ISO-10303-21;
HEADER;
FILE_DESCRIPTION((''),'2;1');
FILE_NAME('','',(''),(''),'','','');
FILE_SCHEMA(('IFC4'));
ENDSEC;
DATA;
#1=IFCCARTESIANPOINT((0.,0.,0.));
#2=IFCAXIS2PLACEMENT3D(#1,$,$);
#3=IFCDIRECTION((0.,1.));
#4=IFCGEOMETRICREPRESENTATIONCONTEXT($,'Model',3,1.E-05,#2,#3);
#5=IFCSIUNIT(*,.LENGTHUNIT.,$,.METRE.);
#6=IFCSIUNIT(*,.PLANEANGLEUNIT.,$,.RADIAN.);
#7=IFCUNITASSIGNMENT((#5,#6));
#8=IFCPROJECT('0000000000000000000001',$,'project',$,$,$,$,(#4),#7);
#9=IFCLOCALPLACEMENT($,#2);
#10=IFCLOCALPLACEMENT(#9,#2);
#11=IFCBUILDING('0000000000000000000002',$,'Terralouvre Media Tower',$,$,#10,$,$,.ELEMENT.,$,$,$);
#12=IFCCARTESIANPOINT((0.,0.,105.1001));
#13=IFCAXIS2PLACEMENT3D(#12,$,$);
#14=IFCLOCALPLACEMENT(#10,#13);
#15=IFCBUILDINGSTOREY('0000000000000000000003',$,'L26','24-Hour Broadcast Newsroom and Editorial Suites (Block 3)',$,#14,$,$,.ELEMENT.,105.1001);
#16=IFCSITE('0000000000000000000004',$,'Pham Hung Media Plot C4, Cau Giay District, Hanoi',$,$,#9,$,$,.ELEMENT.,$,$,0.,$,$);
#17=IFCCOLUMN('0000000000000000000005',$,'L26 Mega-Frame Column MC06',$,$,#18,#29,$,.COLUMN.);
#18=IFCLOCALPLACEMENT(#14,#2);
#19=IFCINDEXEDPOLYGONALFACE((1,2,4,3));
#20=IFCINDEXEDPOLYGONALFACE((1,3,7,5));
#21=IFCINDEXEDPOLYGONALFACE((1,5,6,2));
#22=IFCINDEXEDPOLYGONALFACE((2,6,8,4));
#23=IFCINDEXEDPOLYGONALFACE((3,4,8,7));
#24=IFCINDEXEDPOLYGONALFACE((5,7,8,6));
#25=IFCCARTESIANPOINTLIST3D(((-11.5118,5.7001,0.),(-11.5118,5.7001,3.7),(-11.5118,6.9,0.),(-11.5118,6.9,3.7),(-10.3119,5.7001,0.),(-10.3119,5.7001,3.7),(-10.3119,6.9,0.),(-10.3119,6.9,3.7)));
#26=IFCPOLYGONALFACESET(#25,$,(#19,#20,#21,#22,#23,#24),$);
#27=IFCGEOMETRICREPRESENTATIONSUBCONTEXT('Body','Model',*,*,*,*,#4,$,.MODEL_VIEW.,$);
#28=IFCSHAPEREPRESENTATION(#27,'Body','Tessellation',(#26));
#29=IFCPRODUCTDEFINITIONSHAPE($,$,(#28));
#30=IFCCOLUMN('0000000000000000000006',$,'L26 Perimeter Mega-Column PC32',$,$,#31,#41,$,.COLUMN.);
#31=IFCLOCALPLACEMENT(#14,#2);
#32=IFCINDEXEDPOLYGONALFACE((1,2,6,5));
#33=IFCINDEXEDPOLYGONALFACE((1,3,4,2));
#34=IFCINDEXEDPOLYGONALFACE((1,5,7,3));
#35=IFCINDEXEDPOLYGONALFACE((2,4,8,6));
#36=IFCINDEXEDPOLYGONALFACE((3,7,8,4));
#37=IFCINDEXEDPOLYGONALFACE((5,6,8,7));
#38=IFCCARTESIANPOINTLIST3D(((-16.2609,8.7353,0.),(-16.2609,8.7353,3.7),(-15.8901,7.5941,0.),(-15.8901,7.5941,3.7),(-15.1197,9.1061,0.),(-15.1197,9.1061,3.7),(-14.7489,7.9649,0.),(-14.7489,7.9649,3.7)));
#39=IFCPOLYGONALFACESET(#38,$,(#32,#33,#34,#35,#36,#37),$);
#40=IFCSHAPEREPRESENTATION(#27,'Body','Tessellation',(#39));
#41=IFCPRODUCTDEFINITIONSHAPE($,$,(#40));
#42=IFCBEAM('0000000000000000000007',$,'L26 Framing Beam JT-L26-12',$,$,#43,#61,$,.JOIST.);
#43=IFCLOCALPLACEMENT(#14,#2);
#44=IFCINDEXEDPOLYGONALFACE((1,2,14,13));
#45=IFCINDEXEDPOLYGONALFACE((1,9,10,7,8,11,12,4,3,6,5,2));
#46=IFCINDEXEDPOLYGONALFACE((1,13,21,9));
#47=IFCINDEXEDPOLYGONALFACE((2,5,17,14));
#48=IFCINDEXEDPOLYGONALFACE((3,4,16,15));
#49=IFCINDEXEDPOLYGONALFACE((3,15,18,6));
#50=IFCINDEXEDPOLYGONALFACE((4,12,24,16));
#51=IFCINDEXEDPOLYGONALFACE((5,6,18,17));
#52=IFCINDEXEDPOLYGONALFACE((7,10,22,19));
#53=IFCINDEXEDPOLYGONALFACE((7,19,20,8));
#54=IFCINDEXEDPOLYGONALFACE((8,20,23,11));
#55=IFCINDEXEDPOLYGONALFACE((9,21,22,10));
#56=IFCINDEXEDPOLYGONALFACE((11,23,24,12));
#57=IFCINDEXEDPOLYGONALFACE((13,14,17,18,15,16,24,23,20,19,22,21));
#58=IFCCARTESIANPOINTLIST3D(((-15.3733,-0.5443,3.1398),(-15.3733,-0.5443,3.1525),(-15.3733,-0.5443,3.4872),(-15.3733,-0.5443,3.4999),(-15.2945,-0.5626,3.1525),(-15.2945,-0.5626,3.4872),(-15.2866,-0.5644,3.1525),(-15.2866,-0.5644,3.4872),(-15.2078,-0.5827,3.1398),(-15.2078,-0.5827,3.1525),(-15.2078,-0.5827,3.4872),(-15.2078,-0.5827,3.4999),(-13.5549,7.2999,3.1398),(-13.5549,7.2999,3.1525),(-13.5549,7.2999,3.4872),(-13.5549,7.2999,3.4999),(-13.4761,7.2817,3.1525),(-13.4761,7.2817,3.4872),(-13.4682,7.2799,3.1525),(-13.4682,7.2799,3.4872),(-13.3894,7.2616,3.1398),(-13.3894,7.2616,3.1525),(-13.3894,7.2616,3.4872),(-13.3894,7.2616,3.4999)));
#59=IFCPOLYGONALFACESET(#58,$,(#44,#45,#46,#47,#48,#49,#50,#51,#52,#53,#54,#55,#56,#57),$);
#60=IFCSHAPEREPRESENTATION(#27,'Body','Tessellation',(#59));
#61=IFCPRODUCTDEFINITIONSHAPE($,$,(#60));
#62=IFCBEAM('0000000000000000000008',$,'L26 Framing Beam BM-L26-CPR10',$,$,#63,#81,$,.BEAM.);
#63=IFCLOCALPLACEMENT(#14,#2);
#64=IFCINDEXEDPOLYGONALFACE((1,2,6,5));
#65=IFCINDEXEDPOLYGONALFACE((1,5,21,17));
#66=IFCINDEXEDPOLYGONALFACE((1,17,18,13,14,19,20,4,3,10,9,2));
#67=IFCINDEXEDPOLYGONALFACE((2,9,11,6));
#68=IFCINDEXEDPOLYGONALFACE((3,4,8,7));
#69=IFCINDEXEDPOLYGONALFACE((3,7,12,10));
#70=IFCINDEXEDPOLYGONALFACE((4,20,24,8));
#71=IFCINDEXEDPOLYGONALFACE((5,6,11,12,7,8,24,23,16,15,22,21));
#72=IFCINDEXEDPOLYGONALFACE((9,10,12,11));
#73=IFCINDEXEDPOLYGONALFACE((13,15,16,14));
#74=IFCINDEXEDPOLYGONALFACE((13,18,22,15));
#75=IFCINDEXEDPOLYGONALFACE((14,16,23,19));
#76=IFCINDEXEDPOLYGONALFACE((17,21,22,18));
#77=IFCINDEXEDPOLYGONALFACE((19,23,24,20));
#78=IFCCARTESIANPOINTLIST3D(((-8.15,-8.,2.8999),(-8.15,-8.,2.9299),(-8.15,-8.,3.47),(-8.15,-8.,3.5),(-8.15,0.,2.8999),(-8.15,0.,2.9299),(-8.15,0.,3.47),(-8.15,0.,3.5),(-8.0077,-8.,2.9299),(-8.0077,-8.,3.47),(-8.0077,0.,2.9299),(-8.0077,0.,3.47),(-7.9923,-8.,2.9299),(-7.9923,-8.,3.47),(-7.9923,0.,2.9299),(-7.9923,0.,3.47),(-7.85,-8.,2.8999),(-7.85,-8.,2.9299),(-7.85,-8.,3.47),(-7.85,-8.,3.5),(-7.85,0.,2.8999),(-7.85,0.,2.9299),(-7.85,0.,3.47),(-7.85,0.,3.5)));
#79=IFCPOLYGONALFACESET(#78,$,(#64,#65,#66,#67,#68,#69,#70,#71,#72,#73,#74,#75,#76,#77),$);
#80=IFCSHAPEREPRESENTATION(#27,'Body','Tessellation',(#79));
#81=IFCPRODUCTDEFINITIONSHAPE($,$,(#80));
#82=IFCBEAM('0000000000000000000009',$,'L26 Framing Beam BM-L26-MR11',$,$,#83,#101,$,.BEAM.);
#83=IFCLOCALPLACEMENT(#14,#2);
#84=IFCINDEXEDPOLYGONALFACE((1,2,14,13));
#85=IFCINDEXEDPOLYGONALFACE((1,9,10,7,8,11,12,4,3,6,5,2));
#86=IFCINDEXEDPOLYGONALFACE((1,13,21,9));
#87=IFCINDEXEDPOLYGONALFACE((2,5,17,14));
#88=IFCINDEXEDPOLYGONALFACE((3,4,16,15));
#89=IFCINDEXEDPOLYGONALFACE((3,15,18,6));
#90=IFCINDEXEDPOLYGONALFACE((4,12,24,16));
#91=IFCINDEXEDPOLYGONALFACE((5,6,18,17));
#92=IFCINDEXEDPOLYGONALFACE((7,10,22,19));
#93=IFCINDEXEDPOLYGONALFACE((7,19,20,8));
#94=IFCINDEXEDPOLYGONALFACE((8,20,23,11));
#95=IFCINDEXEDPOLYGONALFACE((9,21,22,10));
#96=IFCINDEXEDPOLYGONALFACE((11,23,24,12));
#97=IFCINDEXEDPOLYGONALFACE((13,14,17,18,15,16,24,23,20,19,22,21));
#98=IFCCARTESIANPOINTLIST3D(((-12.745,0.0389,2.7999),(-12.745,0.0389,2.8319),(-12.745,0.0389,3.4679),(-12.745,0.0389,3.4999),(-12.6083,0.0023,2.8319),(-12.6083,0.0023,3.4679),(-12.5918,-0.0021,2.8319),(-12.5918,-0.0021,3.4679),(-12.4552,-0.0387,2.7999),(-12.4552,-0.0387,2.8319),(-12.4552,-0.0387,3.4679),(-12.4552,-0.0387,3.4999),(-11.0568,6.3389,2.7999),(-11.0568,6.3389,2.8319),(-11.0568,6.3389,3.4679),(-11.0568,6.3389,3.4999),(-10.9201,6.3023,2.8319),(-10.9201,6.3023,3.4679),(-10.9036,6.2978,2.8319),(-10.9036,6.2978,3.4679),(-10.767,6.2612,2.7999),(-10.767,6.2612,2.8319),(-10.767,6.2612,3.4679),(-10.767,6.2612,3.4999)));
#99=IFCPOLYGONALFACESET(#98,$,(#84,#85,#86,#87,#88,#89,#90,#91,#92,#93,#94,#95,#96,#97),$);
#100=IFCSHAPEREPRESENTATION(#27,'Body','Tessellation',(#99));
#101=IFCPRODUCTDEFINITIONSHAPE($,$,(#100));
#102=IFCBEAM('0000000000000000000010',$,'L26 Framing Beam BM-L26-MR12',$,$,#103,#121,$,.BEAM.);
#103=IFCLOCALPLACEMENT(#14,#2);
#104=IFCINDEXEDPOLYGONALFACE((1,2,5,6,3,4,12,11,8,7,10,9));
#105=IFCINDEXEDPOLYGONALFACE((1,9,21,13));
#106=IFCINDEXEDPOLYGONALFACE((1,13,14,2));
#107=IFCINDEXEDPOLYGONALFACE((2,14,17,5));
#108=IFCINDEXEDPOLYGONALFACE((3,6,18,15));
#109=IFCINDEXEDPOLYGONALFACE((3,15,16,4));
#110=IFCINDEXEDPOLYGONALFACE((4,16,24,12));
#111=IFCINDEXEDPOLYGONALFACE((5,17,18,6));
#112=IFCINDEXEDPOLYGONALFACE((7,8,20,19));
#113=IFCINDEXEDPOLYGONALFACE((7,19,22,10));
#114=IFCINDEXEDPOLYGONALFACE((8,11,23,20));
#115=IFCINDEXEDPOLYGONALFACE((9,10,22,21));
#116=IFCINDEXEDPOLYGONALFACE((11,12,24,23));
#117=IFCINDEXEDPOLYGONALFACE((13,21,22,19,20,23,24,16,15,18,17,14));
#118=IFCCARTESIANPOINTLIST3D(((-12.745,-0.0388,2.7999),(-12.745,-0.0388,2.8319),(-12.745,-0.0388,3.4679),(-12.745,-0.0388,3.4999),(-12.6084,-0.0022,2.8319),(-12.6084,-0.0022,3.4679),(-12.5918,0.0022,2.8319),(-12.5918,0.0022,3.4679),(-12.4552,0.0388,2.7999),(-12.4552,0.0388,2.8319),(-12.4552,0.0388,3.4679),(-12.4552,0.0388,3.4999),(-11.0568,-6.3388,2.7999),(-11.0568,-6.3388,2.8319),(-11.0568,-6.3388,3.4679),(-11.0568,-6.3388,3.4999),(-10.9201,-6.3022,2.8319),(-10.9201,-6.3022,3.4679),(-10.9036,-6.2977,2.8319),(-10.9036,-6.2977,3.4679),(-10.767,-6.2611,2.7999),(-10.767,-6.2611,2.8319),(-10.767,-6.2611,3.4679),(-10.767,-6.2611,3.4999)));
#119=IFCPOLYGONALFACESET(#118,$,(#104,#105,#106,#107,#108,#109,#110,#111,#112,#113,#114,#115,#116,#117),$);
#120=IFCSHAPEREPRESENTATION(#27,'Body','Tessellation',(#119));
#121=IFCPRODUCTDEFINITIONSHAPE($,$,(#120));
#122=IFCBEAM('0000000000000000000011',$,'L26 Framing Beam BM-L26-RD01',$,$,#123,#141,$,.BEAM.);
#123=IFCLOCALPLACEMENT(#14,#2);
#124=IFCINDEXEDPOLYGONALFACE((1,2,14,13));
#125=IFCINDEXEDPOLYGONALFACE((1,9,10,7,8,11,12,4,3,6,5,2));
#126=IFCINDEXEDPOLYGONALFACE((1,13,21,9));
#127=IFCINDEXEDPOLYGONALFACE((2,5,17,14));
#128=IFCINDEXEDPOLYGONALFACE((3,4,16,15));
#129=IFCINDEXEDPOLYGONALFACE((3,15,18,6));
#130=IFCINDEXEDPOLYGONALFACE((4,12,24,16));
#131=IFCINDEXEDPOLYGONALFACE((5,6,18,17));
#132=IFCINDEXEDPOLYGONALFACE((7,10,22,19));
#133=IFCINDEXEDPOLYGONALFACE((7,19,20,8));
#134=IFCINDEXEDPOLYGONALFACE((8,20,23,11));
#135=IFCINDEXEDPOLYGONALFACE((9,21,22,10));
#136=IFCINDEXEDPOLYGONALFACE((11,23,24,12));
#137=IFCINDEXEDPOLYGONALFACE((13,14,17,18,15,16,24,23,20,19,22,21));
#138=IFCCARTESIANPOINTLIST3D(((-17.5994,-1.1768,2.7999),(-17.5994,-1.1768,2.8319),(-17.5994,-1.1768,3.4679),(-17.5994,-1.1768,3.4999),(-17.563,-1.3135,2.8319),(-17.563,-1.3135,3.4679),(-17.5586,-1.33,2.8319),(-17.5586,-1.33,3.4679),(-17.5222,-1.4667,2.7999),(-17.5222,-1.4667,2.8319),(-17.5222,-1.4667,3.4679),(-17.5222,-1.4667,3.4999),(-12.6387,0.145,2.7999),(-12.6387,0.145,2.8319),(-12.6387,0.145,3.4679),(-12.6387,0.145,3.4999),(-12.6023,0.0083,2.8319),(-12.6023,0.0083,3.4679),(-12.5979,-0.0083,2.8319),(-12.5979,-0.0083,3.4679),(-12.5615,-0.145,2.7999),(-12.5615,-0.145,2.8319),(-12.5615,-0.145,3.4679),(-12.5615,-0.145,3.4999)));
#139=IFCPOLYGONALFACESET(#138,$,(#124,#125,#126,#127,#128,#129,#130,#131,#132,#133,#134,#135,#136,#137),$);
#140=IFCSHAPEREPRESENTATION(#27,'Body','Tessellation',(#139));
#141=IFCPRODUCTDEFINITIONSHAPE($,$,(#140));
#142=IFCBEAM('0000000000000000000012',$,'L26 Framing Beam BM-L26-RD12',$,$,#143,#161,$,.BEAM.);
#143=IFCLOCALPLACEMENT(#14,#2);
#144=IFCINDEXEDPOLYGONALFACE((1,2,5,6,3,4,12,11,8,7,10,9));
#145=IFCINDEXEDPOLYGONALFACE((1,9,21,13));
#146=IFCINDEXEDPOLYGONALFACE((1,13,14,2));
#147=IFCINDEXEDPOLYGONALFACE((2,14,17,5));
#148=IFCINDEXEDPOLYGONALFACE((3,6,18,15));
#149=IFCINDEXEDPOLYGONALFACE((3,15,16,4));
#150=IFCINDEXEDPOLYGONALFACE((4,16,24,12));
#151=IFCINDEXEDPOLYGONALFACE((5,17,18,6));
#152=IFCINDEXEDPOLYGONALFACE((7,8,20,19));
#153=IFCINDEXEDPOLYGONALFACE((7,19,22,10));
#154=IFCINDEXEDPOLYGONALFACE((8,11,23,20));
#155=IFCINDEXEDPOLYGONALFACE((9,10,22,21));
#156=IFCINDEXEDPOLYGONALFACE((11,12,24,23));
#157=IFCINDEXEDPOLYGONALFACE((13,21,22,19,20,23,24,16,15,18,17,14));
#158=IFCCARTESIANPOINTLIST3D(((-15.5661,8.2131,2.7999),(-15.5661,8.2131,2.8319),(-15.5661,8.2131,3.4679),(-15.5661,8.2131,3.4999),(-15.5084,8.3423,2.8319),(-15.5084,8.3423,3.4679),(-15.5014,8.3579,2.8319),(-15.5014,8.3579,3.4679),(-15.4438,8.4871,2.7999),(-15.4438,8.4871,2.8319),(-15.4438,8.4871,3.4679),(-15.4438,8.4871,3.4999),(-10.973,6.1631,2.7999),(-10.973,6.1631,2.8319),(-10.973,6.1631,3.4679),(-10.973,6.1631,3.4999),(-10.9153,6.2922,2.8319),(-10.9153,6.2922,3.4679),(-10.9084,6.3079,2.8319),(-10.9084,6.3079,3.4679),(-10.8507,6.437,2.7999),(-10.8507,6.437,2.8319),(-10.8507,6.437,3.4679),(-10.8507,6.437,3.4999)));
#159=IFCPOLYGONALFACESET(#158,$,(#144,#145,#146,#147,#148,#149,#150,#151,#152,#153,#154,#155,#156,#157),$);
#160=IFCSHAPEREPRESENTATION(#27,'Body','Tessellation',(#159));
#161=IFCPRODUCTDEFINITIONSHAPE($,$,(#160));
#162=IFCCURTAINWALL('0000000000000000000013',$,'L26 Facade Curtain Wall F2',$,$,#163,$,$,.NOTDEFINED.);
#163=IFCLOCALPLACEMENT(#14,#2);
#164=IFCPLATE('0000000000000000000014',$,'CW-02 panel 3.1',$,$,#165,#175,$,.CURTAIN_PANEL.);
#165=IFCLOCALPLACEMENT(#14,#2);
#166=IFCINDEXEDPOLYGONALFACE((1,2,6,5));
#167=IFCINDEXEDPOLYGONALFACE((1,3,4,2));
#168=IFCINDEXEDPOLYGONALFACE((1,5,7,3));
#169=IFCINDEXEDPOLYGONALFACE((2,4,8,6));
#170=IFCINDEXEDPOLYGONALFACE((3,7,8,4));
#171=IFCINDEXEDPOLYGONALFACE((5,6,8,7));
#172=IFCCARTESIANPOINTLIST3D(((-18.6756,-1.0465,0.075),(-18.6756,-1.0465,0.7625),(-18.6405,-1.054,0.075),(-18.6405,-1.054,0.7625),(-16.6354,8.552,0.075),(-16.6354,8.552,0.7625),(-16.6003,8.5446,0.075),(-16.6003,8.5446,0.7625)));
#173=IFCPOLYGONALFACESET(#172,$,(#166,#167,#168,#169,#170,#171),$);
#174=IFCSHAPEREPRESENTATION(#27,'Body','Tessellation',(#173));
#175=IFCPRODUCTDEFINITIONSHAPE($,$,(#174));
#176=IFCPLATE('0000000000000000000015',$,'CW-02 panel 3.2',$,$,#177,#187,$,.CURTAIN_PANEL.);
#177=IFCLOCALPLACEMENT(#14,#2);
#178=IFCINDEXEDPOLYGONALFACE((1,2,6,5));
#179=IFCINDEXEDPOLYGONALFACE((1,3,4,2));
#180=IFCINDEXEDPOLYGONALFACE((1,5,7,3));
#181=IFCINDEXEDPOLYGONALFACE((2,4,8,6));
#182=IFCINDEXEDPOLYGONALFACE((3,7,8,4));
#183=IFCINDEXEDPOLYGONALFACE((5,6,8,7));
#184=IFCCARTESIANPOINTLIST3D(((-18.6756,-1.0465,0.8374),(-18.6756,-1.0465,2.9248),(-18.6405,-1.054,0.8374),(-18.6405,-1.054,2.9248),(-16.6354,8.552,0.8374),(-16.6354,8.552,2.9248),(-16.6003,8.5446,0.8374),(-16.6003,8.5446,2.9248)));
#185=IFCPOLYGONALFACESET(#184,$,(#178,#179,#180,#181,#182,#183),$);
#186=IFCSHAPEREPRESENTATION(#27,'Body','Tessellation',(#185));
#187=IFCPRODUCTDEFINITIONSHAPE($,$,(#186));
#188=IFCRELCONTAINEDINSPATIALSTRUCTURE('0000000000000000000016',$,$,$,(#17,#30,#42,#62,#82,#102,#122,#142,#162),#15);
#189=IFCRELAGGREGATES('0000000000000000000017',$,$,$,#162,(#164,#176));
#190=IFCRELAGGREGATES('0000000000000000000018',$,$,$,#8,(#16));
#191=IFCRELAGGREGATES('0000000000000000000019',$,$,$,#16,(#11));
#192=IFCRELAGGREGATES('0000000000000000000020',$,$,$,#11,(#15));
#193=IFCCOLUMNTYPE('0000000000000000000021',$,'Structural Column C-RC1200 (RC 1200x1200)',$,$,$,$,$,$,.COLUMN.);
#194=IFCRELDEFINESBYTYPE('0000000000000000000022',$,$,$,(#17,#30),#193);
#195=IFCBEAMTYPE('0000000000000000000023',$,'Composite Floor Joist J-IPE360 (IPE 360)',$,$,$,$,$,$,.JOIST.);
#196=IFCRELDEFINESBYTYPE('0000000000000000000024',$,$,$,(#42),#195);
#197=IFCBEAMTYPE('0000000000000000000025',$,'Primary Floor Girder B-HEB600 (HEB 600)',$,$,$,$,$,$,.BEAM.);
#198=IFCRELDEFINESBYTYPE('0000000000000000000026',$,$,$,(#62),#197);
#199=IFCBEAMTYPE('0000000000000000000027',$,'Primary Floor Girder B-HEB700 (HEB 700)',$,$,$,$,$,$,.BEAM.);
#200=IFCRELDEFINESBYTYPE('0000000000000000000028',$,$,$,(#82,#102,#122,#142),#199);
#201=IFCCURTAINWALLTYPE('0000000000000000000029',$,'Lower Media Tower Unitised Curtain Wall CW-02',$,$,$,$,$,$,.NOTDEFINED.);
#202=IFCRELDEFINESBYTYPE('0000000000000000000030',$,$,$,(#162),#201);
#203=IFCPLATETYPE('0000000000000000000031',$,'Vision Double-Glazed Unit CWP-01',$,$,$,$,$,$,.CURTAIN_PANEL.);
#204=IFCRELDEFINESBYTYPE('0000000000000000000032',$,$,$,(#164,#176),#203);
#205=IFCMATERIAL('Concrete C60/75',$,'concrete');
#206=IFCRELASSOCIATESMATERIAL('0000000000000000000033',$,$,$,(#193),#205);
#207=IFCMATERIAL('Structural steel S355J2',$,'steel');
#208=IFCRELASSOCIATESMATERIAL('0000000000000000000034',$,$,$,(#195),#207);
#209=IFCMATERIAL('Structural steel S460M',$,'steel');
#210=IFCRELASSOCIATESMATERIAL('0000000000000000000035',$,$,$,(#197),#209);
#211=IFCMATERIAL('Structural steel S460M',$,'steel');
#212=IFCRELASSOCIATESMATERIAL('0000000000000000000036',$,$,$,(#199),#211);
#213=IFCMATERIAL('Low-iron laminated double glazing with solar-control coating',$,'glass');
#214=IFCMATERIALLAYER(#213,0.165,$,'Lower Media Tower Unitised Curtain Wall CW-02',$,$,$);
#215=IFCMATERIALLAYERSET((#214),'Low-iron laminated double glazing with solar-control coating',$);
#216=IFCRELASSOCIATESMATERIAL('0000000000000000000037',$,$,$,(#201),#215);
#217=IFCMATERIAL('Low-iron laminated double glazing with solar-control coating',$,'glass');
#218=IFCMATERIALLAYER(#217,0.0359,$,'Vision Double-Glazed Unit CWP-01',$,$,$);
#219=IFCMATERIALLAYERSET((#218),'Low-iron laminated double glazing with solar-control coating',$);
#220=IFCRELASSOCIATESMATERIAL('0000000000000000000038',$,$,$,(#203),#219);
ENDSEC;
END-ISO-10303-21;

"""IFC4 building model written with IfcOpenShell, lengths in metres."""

from ifc_helpers import new_model, si_unit, direction, frame, origin, origin_2d, place, context, subcontext, project, spatial, rectangle, i_section, extrude, material, layer, layer_set, material_profile, profile_set, type_object, element, aggregate, save


model = new_model("IFC4")

# Units and contexts
model_context = context("Model", 3, precision=1e-05, world=origin(), true_north=direction((0.0, 1.0)))
body_context = subcontext(model_context, "Body", "Model", "MODEL_VIEW")
ifc_project = project(units=[si_unit("LENGTHUNIT", "METRE"), si_unit("PLANEANGLEUNIT", "RADIAN")], contexts=[model_context])

# Site, building, storey
site_placement = place(None, origin())
site = spatial("IfcSite", under=ifc_project, at=site_placement, Name="Pham Hung Media Plot C4, Cau Giay District, Hanoi", CompositionType="ELEMENT", RefElevation=0.0)
building_placement = place(site_placement, origin())
building = spatial("IfcBuilding", under=site, at=building_placement, Name="Terralouvre Media Tower", CompositionType="ELEMENT")
storey_placement = place(building_placement, frame((0.0, 0.0, 105.1001)))
storey = spatial("IfcBuildingStorey", under=building, at=storey_placement, Name="L26", Description="24-Hour Broadcast Newsroom and Editorial Suites (Block 3)", CompositionType="ELEMENT", Elevation=105.1001)

# Columns
ifc_material_1 = material(Name="Concrete C60/75", Category="concrete")
ifc_material_profile_1 = material_profile(ifc_material_1, rectangle(XDim=1.2, YDim=1.2, at=origin_2d()), Name="RC 1200x1200")
ifc_profile_set_1 = profile_set([ifc_material_profile_1], Name="Concrete C60/75")
column_type = type_object("IfcColumnType", Name="Structural Column C-RC1200 (RC 1200x1200)", PredefinedType="COLUMN", material=ifc_profile_set_1)
for number, where, z_axis, x_axis, name in (
    (1, (-10.9119, 6.3, 0.0), (0.0, 0.0, 1.0), (1.0, 0.0, 0.0), "L26 Mega-Frame Column MC06"),
    (2, (-15.5049, 8.3501, 0.0), (0.0, 0.0, 1.0), (0.951057, 0.309017, 0.0), "L26 Perimeter Mega-Column PC32"),
):
    element("IfcColumn", number, at=place(storey_placement, frame(where, z_axis=z_axis, x_axis=x_axis)), inside=storey, type_object=column_type, Name=name, PredefinedType="COLUMN", context=body_context, shape_type="SweptSolid", body=[
        extrude(rectangle(XDim=1.2, YDim=1.2, at=origin_2d()), origin(), (0.0, 0.0, 1.0), 3.7),
    ])

# Beams
ifc_material_2 = material(Name="Structural steel S355J2", Category="steel")
ifc_material_profile_2 = material_profile(ifc_material_2, i_section(OverallWidth=0.1699, OverallDepth=0.3601, WebThickness=0.0081, FlangeThickness=0.0127, at=origin_2d()), Name="IPE 360")
ifc_profile_set_2 = profile_set([ifc_material_profile_2], Name="Structural steel S355J2")
beam_type_1 = type_object("IfcBeamType", Name="Composite Floor Joist J-IPE360 (IPE 360)", PredefinedType="JOIST", material=ifc_profile_set_2)
beam_1_placement = place(storey_placement, frame((-13.4722, 7.2808, 3.3198), z_axis=(-0.22582, -0.974169, 0.0), x_axis=(0.974169, -0.22582, 0.0)))
element("IfcBeam", 3, at=beam_1_placement, inside=storey, type_object=beam_type_1, Name="L26 Framing Beam JT-L26-12", PredefinedType="JOIST", context=body_context, shape_type="SweptSolid", body=[
    extrude(i_section(OverallWidth=0.1699, OverallDepth=0.3601, WebThickness=0.0081, FlangeThickness=0.0127, at=origin_2d()), origin(), (0.0, 0.0, 1.0), 8.0522),
])
ifc_material_3 = material(Name="Structural steel S460M", Category="steel")
ifc_material_profile_3 = material_profile(ifc_material_3, i_section(OverallWidth=0.3, OverallDepth=0.6001, WebThickness=0.0154, FlangeThickness=0.03, at=origin_2d()), Name="HEB 600")
ifc_profile_set_3 = profile_set([ifc_material_profile_3], Name="Structural steel S460M")
beam_type_2 = type_object("IfcBeamType", Name="Primary Floor Girder B-HEB600 (HEB 600)", PredefinedType="BEAM", material=ifc_profile_set_3)
beam_2_placement = place(storey_placement, frame((-8.0, 0.0, 3.2), z_axis=(0.0, -1.0, 0.0), x_axis=(1.0, 0.0, 0.0)))
element("IfcBeam", 4, at=beam_2_placement, inside=storey, type_object=beam_type_2, Name="L26 Framing Beam BM-L26-CPR10", PredefinedType="BEAM", context=body_context, shape_type="SweptSolid", body=[
    extrude(i_section(OverallWidth=0.3, OverallDepth=0.6001, WebThickness=0.0154, FlangeThickness=0.03, at=origin_2d()), origin(), (0.0, 0.0, 1.0), 8.0),
])
ifc_material_4 = material(Name="Structural steel S460M", Category="steel")
ifc_material_profile_4 = material_profile(ifc_material_4, i_section(OverallWidth=0.3, OverallDepth=0.7, WebThickness=0.0171, FlangeThickness=0.032, at=origin_2d()), Name="HEB 700")
ifc_profile_set_4 = profile_set([ifc_material_profile_4], Name="Structural steel S460M")
beam_type_3 = type_object("IfcBeamType", Name="Primary Floor Girder B-HEB700 (HEB 700)", PredefinedType="BEAM", material=ifc_profile_set_4)
for number, where, z_axis, x_axis, name in (
    (5, (-10.9119, 6.3, 3.1499), (-0.258839, -0.96592, 0.0), (0.96592, -0.258839, 0.0), "L26 Framing Beam BM-L26-MR11"),
    (6, (-12.6001, 0.0, 3.1499), (0.258839, -0.96592, 0.0), (0.96592, 0.258839, 0.0), "L26 Framing Beam BM-L26-MR12"),
):
    element("IfcBeam", number, at=place(storey_placement, frame(where, z_axis=z_axis, x_axis=x_axis)), inside=storey, type_object=beam_type_3, Name=name, PredefinedType="BEAM", context=body_context, shape_type="SweptSolid", body=[
        extrude(i_section(OverallWidth=0.3, OverallDepth=0.7, WebThickness=0.0171, FlangeThickness=0.032, at=origin_2d()), origin(), (0.0, 0.0, 1.0), 6.5222),
    ])
beam_3_placement = place(storey_placement, frame((-12.6001, 0.0, 3.1499), z_axis=(-0.966287, -0.257467, 0.0), x_axis=(0.257467, -0.966287, 0.0)))
element("IfcBeam", 7, at=beam_3_placement, inside=storey, type_object=beam_type_3, Name="L26 Framing Beam BM-L26-RD01", PredefinedType="BEAM", context=body_context, shape_type="SweptSolid", body=[
    extrude(i_section(OverallWidth=0.3, OverallDepth=0.7, WebThickness=0.0171, FlangeThickness=0.032, at=origin_2d()), origin(), (0.0, 0.0, 1.0), 5.1338),
])
beam_4_placement = place(storey_placement, frame((-10.9119, 6.3, 3.1499), z_axis=(-0.913168, 0.407584, 0.0), x_axis=(-0.407584, -0.913168, 0.0)))
element("IfcBeam", 8, at=beam_4_placement, inside=storey, type_object=beam_type_3, Name="L26 Framing Beam BM-L26-RD12", PredefinedType="BEAM", context=body_context, shape_type="SweptSolid", body=[
    extrude(i_section(OverallWidth=0.3, OverallDepth=0.7, WebThickness=0.0171, FlangeThickness=0.032, at=origin_2d()), origin(), (0.0, 0.0, 1.0), 5.0298),
])

# Curtain wall, plates
ifc_material_5 = material(Name="Low-iron laminated double glazing with solar-control coating", Category="glass")
ifc_layer_1 = layer(ifc_material_5, 0.165, Name="Lower Media Tower Unitised Curtain Wall CW-02")
ifc_layer_set_1 = layer_set([ifc_layer_1], Name="Low-iron laminated double glazing with solar-control coating")
curtain_wall_type = type_object("IfcCurtainWallType", Name="Lower Media Tower Unitised Curtain Wall CW-02", PredefinedType="NOTDEFINED", material=ifc_layer_set_1)
curtain_wall_placement = place(storey_placement, origin())
curtain_wall = element("IfcCurtainWall", 9, at=curtain_wall_placement, inside=storey, type_object=curtain_wall_type, Name="L26 Facade Curtain Wall F2", PredefinedType="NOTDEFINED")
ifc_material_6 = material(Name="Low-iron laminated double glazing with solar-control coating", Category="glass")
ifc_layer_2 = layer(ifc_material_6, 0.0359, Name="Vision Double-Glazed Unit CWP-01")
ifc_layer_set_2 = layer_set([ifc_layer_2], Name="Low-iron laminated double glazing with solar-control coating")
plate_type = type_object("IfcPlateType", Name="Vision Double-Glazed Unit CWP-01", PredefinedType="CURTAIN_PANEL", material=ifc_layer_set_2)
plate_1_placement = place(storey_placement, frame((-17.6379, 3.749, 0.075), z_axis=(0.0, 0.0, 1.0), x_axis=(-0.207912, -0.978148, 0.0)))
plate_1 = element("IfcPlate", 10, at=plate_1_placement, type_object=plate_type, Name="CW-02 panel 3.1", PredefinedType="CURTAIN_PANEL", context=body_context, shape_type="SweptSolid", body=[
    extrude(rectangle(XDim=9.813, YDim=0.0359, at=origin_2d()), origin(), (0.0, 0.0, 1.0), 0.6875),
])
plate_2_placement = place(storey_placement, frame((-17.6379, 3.749, 0.8374), z_axis=(0.0, 0.0, 1.0), x_axis=(-0.207912, -0.978148, 0.0)))
plate_2 = element("IfcPlate", 11, at=plate_2_placement, type_object=plate_type, Name="CW-02 panel 3.2", PredefinedType="CURTAIN_PANEL", context=body_context, shape_type="SweptSolid", body=[
    extrude(rectangle(XDim=9.813, YDim=0.0359, at=origin_2d()), origin(), (0.0, 0.0, 1.0), 2.0874),
])
aggregate(curtain_wall, [plate_1, plate_2])

save(model, "model.ifc")
